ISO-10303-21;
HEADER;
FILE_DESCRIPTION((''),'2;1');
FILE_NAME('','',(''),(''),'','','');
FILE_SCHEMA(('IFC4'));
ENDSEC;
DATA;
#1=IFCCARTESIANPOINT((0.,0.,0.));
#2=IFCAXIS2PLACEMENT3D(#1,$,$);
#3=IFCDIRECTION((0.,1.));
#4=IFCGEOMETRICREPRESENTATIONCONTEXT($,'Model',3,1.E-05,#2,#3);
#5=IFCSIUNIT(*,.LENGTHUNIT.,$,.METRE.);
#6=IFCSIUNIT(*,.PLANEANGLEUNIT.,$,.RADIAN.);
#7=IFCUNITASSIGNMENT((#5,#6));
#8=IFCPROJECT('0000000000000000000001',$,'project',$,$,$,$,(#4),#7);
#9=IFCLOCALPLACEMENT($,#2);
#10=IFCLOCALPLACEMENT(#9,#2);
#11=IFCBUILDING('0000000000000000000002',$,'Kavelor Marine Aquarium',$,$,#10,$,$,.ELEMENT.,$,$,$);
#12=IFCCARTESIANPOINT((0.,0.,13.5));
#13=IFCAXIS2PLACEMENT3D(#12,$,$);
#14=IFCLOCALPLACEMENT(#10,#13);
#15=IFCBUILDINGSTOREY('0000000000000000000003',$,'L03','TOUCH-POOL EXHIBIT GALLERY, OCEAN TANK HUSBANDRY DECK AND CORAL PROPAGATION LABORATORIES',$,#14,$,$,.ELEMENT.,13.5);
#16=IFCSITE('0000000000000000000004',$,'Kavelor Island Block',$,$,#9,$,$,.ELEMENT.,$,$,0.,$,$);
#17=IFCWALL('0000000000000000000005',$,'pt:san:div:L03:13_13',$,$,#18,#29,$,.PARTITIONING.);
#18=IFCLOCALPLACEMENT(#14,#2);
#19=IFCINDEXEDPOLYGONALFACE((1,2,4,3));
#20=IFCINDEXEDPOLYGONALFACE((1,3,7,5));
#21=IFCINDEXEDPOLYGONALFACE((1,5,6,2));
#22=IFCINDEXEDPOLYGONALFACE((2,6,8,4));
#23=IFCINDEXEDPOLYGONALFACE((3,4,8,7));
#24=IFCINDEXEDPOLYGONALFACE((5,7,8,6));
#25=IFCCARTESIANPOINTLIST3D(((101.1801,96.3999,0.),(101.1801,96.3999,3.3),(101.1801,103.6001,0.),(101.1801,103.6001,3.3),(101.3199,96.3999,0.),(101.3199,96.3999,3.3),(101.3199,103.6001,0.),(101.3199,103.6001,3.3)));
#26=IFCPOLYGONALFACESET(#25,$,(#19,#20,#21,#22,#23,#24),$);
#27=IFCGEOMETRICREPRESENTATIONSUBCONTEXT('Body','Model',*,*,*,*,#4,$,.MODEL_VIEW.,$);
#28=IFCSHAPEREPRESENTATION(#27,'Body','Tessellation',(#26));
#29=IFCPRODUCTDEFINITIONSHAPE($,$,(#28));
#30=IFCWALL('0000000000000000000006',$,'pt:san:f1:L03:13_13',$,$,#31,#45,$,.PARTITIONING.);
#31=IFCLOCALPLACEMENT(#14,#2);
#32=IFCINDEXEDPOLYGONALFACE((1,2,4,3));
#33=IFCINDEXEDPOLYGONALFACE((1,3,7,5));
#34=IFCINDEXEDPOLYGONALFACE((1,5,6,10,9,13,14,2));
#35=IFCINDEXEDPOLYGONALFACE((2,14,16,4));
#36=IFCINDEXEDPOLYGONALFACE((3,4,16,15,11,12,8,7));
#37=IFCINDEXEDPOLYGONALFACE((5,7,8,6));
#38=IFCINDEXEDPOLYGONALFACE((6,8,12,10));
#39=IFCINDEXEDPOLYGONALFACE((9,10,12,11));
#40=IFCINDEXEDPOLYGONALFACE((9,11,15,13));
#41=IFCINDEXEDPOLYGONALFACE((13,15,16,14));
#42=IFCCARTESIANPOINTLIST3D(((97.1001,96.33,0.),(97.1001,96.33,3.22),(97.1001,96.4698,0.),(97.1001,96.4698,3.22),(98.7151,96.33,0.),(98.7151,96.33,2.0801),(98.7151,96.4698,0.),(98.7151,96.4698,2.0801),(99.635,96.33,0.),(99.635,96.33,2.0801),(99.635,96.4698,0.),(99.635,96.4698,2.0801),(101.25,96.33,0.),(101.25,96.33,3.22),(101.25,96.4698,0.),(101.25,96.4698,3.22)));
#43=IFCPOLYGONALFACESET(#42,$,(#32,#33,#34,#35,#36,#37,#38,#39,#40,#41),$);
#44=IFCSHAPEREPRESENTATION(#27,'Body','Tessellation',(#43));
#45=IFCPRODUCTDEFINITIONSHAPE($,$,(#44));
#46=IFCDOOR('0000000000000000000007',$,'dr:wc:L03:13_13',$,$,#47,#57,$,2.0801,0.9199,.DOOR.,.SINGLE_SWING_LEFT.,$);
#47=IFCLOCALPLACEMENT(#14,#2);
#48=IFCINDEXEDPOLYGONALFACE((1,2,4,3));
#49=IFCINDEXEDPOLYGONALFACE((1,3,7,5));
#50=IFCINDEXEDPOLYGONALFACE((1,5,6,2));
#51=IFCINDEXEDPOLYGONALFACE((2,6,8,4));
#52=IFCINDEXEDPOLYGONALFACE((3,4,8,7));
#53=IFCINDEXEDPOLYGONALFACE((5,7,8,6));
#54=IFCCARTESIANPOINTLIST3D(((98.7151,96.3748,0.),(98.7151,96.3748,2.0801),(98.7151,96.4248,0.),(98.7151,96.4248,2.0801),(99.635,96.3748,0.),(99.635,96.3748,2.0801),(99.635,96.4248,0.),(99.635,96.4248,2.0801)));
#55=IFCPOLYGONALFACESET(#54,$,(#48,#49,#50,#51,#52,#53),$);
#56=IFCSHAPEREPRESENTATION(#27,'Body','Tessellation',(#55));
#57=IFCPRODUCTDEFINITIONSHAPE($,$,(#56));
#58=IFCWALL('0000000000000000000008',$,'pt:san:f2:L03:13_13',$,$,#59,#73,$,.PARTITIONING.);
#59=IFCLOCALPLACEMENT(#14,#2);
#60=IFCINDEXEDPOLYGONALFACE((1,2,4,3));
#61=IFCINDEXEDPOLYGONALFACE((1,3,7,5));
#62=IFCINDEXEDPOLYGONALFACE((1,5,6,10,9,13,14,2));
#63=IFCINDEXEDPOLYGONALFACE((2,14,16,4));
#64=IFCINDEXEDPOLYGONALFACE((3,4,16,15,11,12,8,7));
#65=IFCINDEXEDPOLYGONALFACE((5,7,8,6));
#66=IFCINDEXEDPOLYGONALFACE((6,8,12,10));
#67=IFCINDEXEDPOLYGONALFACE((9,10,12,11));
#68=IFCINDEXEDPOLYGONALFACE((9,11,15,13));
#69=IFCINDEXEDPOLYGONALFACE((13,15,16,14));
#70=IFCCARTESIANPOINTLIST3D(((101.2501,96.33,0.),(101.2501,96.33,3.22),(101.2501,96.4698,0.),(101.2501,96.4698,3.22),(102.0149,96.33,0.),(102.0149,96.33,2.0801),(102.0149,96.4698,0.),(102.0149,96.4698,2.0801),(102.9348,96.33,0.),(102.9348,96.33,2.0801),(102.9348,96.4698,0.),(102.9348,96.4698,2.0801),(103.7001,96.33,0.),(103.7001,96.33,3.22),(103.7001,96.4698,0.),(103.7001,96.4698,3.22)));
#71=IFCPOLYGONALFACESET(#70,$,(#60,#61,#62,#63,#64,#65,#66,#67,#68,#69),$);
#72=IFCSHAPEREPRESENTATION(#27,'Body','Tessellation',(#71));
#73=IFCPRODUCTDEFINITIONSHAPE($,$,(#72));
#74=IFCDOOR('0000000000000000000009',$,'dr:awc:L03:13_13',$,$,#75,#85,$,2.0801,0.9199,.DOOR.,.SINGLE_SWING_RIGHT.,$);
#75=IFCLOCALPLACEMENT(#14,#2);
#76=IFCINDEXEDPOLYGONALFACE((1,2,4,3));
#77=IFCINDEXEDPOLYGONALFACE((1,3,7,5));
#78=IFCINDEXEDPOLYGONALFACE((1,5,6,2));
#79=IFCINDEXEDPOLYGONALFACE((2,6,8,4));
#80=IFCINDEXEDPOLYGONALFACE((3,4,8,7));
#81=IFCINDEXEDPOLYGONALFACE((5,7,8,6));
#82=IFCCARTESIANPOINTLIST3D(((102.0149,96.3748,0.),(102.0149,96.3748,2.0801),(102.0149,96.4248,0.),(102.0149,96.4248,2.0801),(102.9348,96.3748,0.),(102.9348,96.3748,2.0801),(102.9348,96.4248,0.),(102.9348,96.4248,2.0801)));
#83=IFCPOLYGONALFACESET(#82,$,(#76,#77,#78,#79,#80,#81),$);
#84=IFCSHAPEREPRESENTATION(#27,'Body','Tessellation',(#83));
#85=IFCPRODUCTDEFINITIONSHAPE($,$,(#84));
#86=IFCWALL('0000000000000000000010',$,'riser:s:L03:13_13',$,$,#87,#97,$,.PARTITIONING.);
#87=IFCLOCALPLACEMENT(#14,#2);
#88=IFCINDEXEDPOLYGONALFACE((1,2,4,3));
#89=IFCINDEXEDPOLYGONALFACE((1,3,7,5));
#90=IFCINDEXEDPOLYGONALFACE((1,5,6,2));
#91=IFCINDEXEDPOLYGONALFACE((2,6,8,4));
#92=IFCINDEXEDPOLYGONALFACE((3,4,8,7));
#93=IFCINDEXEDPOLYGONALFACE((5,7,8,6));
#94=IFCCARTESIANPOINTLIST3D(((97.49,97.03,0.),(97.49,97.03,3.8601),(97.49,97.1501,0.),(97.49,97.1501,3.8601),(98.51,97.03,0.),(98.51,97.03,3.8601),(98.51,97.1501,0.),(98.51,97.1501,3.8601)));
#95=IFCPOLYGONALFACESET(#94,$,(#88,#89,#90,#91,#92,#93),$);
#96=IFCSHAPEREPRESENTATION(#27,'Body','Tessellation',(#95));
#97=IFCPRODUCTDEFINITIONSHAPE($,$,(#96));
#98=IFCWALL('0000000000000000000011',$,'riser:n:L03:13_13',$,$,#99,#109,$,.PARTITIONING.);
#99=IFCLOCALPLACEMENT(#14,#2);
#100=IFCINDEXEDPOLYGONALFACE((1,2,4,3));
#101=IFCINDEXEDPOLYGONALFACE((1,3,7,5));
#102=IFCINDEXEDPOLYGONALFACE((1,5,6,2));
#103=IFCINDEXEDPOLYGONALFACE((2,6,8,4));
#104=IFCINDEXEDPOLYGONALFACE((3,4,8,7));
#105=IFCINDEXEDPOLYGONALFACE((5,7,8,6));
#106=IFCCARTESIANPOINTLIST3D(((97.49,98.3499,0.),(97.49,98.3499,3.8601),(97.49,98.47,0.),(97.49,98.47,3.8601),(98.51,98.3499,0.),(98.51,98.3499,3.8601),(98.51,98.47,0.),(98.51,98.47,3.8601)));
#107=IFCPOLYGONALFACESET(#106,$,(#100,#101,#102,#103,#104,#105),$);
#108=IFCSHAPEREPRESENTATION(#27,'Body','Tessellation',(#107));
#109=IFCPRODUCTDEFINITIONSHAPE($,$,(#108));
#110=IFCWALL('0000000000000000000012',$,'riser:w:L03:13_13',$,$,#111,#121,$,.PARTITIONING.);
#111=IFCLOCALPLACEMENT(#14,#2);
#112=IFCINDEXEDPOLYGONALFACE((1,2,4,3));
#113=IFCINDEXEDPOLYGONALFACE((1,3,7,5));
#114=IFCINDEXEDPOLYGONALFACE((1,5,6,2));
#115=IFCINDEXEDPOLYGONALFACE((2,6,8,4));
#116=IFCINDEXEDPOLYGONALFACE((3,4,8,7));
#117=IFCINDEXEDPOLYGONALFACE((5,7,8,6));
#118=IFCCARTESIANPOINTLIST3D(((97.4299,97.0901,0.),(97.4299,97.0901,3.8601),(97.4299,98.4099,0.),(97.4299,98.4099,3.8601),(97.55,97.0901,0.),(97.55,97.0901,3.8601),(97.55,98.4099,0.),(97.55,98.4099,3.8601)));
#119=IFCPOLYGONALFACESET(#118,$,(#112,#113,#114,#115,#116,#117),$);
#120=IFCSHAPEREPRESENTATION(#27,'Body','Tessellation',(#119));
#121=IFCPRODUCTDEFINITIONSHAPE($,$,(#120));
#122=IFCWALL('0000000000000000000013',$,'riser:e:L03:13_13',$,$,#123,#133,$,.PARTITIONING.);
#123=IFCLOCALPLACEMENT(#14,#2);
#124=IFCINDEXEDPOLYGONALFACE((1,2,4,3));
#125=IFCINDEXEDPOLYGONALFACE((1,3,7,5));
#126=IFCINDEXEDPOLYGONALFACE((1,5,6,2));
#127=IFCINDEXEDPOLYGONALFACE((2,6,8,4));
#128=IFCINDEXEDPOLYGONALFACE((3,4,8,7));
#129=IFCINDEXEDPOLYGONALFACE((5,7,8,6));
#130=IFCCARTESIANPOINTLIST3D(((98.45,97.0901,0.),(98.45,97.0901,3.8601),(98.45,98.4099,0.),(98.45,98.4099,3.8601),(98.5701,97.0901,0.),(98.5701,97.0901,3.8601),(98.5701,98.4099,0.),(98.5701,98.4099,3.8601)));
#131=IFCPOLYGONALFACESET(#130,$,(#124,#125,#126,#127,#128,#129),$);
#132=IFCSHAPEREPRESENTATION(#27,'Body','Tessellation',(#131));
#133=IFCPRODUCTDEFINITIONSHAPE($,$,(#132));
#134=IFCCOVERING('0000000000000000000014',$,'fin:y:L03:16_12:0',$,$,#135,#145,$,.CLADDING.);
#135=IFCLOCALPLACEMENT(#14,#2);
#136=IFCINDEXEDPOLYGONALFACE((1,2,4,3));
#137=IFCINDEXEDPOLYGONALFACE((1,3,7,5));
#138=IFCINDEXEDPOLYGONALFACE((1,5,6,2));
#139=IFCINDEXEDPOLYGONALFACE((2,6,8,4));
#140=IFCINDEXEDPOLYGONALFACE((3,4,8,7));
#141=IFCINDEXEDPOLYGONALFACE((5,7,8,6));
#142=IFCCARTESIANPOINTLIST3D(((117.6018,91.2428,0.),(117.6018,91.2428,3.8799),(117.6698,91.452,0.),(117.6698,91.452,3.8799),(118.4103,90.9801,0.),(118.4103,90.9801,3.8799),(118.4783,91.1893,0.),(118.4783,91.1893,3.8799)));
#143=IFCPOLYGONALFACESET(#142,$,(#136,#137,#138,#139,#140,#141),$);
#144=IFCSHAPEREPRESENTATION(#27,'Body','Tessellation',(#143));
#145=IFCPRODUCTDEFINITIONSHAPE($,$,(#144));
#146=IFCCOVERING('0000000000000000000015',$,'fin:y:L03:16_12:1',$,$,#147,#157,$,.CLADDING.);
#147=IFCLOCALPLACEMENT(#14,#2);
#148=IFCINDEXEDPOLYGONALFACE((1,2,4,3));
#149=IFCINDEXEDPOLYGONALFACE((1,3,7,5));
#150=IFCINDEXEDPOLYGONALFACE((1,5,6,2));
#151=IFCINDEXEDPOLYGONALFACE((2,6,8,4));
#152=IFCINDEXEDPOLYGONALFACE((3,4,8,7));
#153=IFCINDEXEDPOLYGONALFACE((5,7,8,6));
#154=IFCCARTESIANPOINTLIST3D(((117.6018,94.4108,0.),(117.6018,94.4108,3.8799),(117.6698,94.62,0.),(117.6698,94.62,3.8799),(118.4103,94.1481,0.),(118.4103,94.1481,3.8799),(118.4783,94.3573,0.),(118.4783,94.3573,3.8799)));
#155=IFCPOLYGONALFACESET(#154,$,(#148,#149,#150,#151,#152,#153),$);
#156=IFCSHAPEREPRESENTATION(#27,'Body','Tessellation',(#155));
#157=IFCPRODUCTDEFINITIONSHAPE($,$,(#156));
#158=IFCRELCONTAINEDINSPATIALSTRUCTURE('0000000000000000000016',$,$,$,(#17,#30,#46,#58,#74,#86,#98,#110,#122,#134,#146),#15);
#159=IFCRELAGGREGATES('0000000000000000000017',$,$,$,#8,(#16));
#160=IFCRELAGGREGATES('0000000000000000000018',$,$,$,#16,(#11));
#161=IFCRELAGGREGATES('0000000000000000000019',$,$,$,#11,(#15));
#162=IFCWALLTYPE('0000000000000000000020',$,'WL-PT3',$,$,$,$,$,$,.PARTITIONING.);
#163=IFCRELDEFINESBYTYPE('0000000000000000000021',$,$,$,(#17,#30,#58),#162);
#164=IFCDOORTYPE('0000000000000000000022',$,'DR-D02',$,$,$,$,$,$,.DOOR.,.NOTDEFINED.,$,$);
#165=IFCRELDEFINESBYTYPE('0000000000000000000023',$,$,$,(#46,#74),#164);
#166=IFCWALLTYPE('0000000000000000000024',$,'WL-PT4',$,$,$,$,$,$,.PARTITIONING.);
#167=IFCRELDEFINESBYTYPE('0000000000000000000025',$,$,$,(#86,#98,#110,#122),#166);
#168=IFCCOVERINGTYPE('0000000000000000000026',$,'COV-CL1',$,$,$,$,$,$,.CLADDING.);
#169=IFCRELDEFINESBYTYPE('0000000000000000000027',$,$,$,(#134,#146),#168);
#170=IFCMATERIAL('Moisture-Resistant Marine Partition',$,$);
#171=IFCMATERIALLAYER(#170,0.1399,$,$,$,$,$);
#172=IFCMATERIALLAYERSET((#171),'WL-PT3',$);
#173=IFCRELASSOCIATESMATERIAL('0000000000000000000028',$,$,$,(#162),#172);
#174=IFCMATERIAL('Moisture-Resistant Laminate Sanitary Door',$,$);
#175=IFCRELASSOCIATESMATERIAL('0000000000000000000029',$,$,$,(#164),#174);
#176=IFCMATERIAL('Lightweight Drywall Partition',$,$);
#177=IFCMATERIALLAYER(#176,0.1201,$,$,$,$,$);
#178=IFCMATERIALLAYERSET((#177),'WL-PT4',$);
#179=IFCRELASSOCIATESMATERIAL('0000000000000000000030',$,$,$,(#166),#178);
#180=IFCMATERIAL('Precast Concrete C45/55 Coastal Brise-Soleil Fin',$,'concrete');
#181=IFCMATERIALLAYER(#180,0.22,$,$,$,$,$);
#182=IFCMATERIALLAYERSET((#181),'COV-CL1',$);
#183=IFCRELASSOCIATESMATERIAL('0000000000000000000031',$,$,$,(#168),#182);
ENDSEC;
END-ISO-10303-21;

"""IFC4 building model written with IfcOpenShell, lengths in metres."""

from ifc_helpers import new_model, si_unit, direction, frame, frame_2d, origin, origin_2d, place, context, subcontext, project, spatial, rectangle, extrude, material, layer, layer_set, type_object, element, fill, save


model = new_model("IFC4")

# Units and contexts
model_context = context("Model", 3, precision=1e-05, world=origin(), true_north=direction((0.0, 1.0)))
body_context = subcontext(model_context, "Body", "Model", "MODEL_VIEW")
ifc_project = project(units=[si_unit("LENGTHUNIT", "METRE"), si_unit("PLANEANGLEUNIT", "RADIAN")], contexts=[model_context])

# Site, building, storey
site_placement = place(None, origin())
site = spatial("IfcSite", under=ifc_project, at=site_placement, Name="Kavelor Island Block", CompositionType="ELEMENT", RefElevation=0.0)
building_placement = place(site_placement, origin())
building = spatial("IfcBuilding", under=site, at=building_placement, Name="Kavelor Marine Aquarium", CompositionType="ELEMENT")
storey_placement = place(building_placement, frame((0.0, 0.0, 13.5)))
storey = spatial("IfcBuildingStorey", under=building, at=storey_placement, Name="L03", Description="TOUCH-POOL EXHIBIT GALLERY, OCEAN TANK HUSBANDRY DECK AND CORAL PROPAGATION LABORATORIES", CompositionType="ELEMENT", Elevation=13.5)

# Wall
ifc_material_1 = material(Name="Moisture-Resistant Marine Partition")
ifc_layer_1 = layer(ifc_material_1, 0.1399)
ifc_layer_set_1 = layer_set([ifc_layer_1], Name="WL-PT3")
wall_type_1 = type_object("IfcWallType", Name="WL-PT3", PredefinedType="PARTITIONING", material=ifc_layer_set_1)
wall_1_placement = place(storey_placement, frame((101.25, 96.3999, 0.0), z_axis=(0.0, 0.0, 1.0), x_axis=(0.0, 1.0, 0.0)))
element("IfcWall", 1, at=wall_1_placement, inside=storey, type_object=wall_type_1, Name="pt:san:div:L03:13_13", PredefinedType="PARTITIONING", context=body_context, shape_type="SweptSolid", body=[
    extrude(rectangle(XDim=7.2002, YDim=0.1399, at=frame_2d((3.6001, 0.0))), origin(), (0.0, 0.0, 1.0), 3.3),
])

# Walls, openings, doors
wall_2_placement = place(storey_placement, frame((97.1001, 96.3999, 0.0), z_axis=(0.0, 0.0, 1.0), x_axis=(1.0, 0.0, 0.0)))
wall_2 = element("IfcWall", 2, at=wall_2_placement, inside=storey, type_object=wall_type_1, Name="pt:san:f1:L03:13_13", PredefinedType="PARTITIONING", context=body_context, shape_type="SweptSolid", body=[
    extrude(rectangle(XDim=4.1499, YDim=0.1399, at=frame_2d((2.075, 0.0))), origin(), (0.0, 0.0, 1.0), 3.22),
])
opening_1_placement = place(wall_2_placement, frame((1.615, 0.0, 0.0)))
opening_1 = element("IfcOpeningElement", 3, at=opening_1_placement, cuts=wall_2, PredefinedType="OPENING", context=body_context, shape_type="SweptSolid", body=[
    extrude(rectangle(XDim=0.9199, YDim=2.0801, at=frame_2d((0.46, 1.04))), frame((0.0, 0.0798, 0.0), z_axis=(0.0, -1.0, 0.0), x_axis=(1.0, 0.0, 0.0)), (0.0, 0.0, 1.0), 0.1599),
])
ifc_material_2 = material(Name="Moisture-Resistant Laminate Sanitary Door")
door_type = type_object("IfcDoorType", Name="DR-D02", OperationType="NOTDEFINED", PredefinedType="DOOR", material=ifc_material_2)
door_1_placement = place(opening_1_placement, origin())
door_1 = element("IfcDoor", 4, at=door_1_placement, inside=storey, type_object=door_type, Name="dr:wc:L03:13_13", OperationType="SINGLE_SWING_LEFT", OverallHeight=2.0801, OverallWidth=0.9199, PredefinedType="DOOR", context=body_context, shape_type="SweptSolid", body=[
    extrude(rectangle(XDim=0.9199, YDim=2.0801, at=frame_2d((0.46, 1.04))), frame((0.0, 0.0249, 0.0), z_axis=(0.0, -1.0, 0.0), x_axis=(1.0, 0.0, 0.0)), (0.0, 0.0, 1.0), 0.05),
])
fill(opening_1, door_1)
wall_3_placement = place(storey_placement, frame((101.25, 96.3999, 0.0), z_axis=(0.0, 0.0, 1.0), x_axis=(1.0, 0.0, 0.0)))
wall_3 = element("IfcWall", 5, at=wall_3_placement, inside=storey, type_object=wall_type_1, Name="pt:san:f2:L03:13_13", PredefinedType="PARTITIONING", context=body_context, shape_type="SweptSolid", body=[
    extrude(rectangle(XDim=2.45, YDim=0.1399, at=frame_2d((1.2251, 0.0))), origin(), (0.0, 0.0, 1.0), 3.22),
])
opening_2_placement = place(wall_3_placement, frame((0.7649, 0.0, 0.0)))
opening_2 = element("IfcOpeningElement", 6, at=opening_2_placement, cuts=wall_3, PredefinedType="OPENING", context=body_context, shape_type="SweptSolid", body=[
    extrude(rectangle(XDim=0.9199, YDim=2.0801, at=frame_2d((0.46, 1.04))), frame((0.0, 0.0798, 0.0), z_axis=(0.0, -1.0, 0.0), x_axis=(1.0, 0.0, 0.0)), (0.0, 0.0, 1.0), 0.1599),
])
door_2_placement = place(opening_2_placement, origin())
door_2 = element("IfcDoor", 7, at=door_2_placement, inside=storey, type_object=door_type, Name="dr:awc:L03:13_13", OperationType="SINGLE_SWING_RIGHT", OverallHeight=2.0801, OverallWidth=0.9199, PredefinedType="DOOR", context=body_context, shape_type="SweptSolid", body=[
    extrude(rectangle(XDim=0.9199, YDim=2.0801, at=frame_2d((0.46, 1.04))), frame((0.0, 0.0249, 0.0), z_axis=(0.0, -1.0, 0.0), x_axis=(1.0, 0.0, 0.0)), (0.0, 0.0, 1.0), 0.05),
])
fill(opening_2, door_2)

# Walls
ifc_material_3 = material(Name="Lightweight Drywall Partition")
ifc_layer_2 = layer(ifc_material_3, 0.1201)
ifc_layer_set_2 = layer_set([ifc_layer_2], Name="WL-PT4")
wall_type_2 = type_object("IfcWallType", Name="WL-PT4", PredefinedType="PARTITIONING", material=ifc_layer_set_2)
for number, where, z_axis, x_axis, name in (
    (8, (97.49, 97.0901, 0.0), (0.0, 0.0, 1.0), (1.0, 0.0, 0.0), "riser:s:L03:13_13"),
    (9, (97.49, 98.4099, 0.0), (0.0, 0.0, 1.0), (1.0, 0.0, 0.0), "riser:n:L03:13_13"),
):
    element("IfcWall", number, at=place(storey_placement, frame(where, z_axis=z_axis, x_axis=x_axis)), inside=storey, type_object=wall_type_2, Name=name, PredefinedType="PARTITIONING", context=body_context, shape_type="SweptSolid", body=[
        extrude(rectangle(XDim=1.02, YDim=0.1201, at=frame_2d((0.51, 0.0))), origin(), (0.0, 0.0, 1.0), 3.8601),
    ])
for number, where, z_axis, x_axis, name in (
    (10, (97.49, 97.0901, 0.0), (0.0, 0.0, 1.0), (0.0, 1.0, 0.0), "riser:w:L03:13_13"),
    (11, (98.51, 97.0901, 0.0), (0.0, 0.0, 1.0), (0.0, 1.0, 0.0), "riser:e:L03:13_13"),
):
    element("IfcWall", number, at=place(storey_placement, frame(where, z_axis=z_axis, x_axis=x_axis)), inside=storey, type_object=wall_type_2, Name=name, PredefinedType="PARTITIONING", context=body_context, shape_type="SweptSolid", body=[
        extrude(rectangle(XDim=1.3198, YDim=0.1201, at=frame_2d((0.6599, 0.0))), origin(), (0.0, 0.0, 1.0), 3.8601),
    ])

# Coverings
ifc_material_4 = material(Name="Precast Concrete C45/55 Coastal Brise-Soleil Fin", Category="concrete")
ifc_layer_3 = layer(ifc_material_4, 0.22)
ifc_layer_set_3 = layer_set([ifc_layer_3], Name="COV-CL1")
covering_type = type_object("IfcCoveringType", Name="COV-CL1", PredefinedType="CLADDING", material=ifc_layer_set_3)
for number, where, z_axis, x_axis, name in (
    (12, (118.04, 91.2161, 0.0), (0.0, 0.0, 1.0), (0.951057, -0.309017, 0.0), "fin:y:L03:16_12:0"),
    (13, (118.04, 94.384, 0.0), (0.0, 0.0, 1.0), (0.951057, -0.309017, 0.0), "fin:y:L03:16_12:1"),
):
    element("IfcCovering", number, at=place(storey_placement, frame(where, z_axis=z_axis, x_axis=x_axis)), inside=storey, type_object=covering_type, Name=name, PredefinedType="CLADDING", context=body_context, shape_type="SweptSolid", body=[
        extrude(rectangle(XDim=0.8501, YDim=0.22, at=origin_2d()), origin(), (0.0, 0.0, 1.0), 3.8799),
    ])

save(model, "model.ifc")
